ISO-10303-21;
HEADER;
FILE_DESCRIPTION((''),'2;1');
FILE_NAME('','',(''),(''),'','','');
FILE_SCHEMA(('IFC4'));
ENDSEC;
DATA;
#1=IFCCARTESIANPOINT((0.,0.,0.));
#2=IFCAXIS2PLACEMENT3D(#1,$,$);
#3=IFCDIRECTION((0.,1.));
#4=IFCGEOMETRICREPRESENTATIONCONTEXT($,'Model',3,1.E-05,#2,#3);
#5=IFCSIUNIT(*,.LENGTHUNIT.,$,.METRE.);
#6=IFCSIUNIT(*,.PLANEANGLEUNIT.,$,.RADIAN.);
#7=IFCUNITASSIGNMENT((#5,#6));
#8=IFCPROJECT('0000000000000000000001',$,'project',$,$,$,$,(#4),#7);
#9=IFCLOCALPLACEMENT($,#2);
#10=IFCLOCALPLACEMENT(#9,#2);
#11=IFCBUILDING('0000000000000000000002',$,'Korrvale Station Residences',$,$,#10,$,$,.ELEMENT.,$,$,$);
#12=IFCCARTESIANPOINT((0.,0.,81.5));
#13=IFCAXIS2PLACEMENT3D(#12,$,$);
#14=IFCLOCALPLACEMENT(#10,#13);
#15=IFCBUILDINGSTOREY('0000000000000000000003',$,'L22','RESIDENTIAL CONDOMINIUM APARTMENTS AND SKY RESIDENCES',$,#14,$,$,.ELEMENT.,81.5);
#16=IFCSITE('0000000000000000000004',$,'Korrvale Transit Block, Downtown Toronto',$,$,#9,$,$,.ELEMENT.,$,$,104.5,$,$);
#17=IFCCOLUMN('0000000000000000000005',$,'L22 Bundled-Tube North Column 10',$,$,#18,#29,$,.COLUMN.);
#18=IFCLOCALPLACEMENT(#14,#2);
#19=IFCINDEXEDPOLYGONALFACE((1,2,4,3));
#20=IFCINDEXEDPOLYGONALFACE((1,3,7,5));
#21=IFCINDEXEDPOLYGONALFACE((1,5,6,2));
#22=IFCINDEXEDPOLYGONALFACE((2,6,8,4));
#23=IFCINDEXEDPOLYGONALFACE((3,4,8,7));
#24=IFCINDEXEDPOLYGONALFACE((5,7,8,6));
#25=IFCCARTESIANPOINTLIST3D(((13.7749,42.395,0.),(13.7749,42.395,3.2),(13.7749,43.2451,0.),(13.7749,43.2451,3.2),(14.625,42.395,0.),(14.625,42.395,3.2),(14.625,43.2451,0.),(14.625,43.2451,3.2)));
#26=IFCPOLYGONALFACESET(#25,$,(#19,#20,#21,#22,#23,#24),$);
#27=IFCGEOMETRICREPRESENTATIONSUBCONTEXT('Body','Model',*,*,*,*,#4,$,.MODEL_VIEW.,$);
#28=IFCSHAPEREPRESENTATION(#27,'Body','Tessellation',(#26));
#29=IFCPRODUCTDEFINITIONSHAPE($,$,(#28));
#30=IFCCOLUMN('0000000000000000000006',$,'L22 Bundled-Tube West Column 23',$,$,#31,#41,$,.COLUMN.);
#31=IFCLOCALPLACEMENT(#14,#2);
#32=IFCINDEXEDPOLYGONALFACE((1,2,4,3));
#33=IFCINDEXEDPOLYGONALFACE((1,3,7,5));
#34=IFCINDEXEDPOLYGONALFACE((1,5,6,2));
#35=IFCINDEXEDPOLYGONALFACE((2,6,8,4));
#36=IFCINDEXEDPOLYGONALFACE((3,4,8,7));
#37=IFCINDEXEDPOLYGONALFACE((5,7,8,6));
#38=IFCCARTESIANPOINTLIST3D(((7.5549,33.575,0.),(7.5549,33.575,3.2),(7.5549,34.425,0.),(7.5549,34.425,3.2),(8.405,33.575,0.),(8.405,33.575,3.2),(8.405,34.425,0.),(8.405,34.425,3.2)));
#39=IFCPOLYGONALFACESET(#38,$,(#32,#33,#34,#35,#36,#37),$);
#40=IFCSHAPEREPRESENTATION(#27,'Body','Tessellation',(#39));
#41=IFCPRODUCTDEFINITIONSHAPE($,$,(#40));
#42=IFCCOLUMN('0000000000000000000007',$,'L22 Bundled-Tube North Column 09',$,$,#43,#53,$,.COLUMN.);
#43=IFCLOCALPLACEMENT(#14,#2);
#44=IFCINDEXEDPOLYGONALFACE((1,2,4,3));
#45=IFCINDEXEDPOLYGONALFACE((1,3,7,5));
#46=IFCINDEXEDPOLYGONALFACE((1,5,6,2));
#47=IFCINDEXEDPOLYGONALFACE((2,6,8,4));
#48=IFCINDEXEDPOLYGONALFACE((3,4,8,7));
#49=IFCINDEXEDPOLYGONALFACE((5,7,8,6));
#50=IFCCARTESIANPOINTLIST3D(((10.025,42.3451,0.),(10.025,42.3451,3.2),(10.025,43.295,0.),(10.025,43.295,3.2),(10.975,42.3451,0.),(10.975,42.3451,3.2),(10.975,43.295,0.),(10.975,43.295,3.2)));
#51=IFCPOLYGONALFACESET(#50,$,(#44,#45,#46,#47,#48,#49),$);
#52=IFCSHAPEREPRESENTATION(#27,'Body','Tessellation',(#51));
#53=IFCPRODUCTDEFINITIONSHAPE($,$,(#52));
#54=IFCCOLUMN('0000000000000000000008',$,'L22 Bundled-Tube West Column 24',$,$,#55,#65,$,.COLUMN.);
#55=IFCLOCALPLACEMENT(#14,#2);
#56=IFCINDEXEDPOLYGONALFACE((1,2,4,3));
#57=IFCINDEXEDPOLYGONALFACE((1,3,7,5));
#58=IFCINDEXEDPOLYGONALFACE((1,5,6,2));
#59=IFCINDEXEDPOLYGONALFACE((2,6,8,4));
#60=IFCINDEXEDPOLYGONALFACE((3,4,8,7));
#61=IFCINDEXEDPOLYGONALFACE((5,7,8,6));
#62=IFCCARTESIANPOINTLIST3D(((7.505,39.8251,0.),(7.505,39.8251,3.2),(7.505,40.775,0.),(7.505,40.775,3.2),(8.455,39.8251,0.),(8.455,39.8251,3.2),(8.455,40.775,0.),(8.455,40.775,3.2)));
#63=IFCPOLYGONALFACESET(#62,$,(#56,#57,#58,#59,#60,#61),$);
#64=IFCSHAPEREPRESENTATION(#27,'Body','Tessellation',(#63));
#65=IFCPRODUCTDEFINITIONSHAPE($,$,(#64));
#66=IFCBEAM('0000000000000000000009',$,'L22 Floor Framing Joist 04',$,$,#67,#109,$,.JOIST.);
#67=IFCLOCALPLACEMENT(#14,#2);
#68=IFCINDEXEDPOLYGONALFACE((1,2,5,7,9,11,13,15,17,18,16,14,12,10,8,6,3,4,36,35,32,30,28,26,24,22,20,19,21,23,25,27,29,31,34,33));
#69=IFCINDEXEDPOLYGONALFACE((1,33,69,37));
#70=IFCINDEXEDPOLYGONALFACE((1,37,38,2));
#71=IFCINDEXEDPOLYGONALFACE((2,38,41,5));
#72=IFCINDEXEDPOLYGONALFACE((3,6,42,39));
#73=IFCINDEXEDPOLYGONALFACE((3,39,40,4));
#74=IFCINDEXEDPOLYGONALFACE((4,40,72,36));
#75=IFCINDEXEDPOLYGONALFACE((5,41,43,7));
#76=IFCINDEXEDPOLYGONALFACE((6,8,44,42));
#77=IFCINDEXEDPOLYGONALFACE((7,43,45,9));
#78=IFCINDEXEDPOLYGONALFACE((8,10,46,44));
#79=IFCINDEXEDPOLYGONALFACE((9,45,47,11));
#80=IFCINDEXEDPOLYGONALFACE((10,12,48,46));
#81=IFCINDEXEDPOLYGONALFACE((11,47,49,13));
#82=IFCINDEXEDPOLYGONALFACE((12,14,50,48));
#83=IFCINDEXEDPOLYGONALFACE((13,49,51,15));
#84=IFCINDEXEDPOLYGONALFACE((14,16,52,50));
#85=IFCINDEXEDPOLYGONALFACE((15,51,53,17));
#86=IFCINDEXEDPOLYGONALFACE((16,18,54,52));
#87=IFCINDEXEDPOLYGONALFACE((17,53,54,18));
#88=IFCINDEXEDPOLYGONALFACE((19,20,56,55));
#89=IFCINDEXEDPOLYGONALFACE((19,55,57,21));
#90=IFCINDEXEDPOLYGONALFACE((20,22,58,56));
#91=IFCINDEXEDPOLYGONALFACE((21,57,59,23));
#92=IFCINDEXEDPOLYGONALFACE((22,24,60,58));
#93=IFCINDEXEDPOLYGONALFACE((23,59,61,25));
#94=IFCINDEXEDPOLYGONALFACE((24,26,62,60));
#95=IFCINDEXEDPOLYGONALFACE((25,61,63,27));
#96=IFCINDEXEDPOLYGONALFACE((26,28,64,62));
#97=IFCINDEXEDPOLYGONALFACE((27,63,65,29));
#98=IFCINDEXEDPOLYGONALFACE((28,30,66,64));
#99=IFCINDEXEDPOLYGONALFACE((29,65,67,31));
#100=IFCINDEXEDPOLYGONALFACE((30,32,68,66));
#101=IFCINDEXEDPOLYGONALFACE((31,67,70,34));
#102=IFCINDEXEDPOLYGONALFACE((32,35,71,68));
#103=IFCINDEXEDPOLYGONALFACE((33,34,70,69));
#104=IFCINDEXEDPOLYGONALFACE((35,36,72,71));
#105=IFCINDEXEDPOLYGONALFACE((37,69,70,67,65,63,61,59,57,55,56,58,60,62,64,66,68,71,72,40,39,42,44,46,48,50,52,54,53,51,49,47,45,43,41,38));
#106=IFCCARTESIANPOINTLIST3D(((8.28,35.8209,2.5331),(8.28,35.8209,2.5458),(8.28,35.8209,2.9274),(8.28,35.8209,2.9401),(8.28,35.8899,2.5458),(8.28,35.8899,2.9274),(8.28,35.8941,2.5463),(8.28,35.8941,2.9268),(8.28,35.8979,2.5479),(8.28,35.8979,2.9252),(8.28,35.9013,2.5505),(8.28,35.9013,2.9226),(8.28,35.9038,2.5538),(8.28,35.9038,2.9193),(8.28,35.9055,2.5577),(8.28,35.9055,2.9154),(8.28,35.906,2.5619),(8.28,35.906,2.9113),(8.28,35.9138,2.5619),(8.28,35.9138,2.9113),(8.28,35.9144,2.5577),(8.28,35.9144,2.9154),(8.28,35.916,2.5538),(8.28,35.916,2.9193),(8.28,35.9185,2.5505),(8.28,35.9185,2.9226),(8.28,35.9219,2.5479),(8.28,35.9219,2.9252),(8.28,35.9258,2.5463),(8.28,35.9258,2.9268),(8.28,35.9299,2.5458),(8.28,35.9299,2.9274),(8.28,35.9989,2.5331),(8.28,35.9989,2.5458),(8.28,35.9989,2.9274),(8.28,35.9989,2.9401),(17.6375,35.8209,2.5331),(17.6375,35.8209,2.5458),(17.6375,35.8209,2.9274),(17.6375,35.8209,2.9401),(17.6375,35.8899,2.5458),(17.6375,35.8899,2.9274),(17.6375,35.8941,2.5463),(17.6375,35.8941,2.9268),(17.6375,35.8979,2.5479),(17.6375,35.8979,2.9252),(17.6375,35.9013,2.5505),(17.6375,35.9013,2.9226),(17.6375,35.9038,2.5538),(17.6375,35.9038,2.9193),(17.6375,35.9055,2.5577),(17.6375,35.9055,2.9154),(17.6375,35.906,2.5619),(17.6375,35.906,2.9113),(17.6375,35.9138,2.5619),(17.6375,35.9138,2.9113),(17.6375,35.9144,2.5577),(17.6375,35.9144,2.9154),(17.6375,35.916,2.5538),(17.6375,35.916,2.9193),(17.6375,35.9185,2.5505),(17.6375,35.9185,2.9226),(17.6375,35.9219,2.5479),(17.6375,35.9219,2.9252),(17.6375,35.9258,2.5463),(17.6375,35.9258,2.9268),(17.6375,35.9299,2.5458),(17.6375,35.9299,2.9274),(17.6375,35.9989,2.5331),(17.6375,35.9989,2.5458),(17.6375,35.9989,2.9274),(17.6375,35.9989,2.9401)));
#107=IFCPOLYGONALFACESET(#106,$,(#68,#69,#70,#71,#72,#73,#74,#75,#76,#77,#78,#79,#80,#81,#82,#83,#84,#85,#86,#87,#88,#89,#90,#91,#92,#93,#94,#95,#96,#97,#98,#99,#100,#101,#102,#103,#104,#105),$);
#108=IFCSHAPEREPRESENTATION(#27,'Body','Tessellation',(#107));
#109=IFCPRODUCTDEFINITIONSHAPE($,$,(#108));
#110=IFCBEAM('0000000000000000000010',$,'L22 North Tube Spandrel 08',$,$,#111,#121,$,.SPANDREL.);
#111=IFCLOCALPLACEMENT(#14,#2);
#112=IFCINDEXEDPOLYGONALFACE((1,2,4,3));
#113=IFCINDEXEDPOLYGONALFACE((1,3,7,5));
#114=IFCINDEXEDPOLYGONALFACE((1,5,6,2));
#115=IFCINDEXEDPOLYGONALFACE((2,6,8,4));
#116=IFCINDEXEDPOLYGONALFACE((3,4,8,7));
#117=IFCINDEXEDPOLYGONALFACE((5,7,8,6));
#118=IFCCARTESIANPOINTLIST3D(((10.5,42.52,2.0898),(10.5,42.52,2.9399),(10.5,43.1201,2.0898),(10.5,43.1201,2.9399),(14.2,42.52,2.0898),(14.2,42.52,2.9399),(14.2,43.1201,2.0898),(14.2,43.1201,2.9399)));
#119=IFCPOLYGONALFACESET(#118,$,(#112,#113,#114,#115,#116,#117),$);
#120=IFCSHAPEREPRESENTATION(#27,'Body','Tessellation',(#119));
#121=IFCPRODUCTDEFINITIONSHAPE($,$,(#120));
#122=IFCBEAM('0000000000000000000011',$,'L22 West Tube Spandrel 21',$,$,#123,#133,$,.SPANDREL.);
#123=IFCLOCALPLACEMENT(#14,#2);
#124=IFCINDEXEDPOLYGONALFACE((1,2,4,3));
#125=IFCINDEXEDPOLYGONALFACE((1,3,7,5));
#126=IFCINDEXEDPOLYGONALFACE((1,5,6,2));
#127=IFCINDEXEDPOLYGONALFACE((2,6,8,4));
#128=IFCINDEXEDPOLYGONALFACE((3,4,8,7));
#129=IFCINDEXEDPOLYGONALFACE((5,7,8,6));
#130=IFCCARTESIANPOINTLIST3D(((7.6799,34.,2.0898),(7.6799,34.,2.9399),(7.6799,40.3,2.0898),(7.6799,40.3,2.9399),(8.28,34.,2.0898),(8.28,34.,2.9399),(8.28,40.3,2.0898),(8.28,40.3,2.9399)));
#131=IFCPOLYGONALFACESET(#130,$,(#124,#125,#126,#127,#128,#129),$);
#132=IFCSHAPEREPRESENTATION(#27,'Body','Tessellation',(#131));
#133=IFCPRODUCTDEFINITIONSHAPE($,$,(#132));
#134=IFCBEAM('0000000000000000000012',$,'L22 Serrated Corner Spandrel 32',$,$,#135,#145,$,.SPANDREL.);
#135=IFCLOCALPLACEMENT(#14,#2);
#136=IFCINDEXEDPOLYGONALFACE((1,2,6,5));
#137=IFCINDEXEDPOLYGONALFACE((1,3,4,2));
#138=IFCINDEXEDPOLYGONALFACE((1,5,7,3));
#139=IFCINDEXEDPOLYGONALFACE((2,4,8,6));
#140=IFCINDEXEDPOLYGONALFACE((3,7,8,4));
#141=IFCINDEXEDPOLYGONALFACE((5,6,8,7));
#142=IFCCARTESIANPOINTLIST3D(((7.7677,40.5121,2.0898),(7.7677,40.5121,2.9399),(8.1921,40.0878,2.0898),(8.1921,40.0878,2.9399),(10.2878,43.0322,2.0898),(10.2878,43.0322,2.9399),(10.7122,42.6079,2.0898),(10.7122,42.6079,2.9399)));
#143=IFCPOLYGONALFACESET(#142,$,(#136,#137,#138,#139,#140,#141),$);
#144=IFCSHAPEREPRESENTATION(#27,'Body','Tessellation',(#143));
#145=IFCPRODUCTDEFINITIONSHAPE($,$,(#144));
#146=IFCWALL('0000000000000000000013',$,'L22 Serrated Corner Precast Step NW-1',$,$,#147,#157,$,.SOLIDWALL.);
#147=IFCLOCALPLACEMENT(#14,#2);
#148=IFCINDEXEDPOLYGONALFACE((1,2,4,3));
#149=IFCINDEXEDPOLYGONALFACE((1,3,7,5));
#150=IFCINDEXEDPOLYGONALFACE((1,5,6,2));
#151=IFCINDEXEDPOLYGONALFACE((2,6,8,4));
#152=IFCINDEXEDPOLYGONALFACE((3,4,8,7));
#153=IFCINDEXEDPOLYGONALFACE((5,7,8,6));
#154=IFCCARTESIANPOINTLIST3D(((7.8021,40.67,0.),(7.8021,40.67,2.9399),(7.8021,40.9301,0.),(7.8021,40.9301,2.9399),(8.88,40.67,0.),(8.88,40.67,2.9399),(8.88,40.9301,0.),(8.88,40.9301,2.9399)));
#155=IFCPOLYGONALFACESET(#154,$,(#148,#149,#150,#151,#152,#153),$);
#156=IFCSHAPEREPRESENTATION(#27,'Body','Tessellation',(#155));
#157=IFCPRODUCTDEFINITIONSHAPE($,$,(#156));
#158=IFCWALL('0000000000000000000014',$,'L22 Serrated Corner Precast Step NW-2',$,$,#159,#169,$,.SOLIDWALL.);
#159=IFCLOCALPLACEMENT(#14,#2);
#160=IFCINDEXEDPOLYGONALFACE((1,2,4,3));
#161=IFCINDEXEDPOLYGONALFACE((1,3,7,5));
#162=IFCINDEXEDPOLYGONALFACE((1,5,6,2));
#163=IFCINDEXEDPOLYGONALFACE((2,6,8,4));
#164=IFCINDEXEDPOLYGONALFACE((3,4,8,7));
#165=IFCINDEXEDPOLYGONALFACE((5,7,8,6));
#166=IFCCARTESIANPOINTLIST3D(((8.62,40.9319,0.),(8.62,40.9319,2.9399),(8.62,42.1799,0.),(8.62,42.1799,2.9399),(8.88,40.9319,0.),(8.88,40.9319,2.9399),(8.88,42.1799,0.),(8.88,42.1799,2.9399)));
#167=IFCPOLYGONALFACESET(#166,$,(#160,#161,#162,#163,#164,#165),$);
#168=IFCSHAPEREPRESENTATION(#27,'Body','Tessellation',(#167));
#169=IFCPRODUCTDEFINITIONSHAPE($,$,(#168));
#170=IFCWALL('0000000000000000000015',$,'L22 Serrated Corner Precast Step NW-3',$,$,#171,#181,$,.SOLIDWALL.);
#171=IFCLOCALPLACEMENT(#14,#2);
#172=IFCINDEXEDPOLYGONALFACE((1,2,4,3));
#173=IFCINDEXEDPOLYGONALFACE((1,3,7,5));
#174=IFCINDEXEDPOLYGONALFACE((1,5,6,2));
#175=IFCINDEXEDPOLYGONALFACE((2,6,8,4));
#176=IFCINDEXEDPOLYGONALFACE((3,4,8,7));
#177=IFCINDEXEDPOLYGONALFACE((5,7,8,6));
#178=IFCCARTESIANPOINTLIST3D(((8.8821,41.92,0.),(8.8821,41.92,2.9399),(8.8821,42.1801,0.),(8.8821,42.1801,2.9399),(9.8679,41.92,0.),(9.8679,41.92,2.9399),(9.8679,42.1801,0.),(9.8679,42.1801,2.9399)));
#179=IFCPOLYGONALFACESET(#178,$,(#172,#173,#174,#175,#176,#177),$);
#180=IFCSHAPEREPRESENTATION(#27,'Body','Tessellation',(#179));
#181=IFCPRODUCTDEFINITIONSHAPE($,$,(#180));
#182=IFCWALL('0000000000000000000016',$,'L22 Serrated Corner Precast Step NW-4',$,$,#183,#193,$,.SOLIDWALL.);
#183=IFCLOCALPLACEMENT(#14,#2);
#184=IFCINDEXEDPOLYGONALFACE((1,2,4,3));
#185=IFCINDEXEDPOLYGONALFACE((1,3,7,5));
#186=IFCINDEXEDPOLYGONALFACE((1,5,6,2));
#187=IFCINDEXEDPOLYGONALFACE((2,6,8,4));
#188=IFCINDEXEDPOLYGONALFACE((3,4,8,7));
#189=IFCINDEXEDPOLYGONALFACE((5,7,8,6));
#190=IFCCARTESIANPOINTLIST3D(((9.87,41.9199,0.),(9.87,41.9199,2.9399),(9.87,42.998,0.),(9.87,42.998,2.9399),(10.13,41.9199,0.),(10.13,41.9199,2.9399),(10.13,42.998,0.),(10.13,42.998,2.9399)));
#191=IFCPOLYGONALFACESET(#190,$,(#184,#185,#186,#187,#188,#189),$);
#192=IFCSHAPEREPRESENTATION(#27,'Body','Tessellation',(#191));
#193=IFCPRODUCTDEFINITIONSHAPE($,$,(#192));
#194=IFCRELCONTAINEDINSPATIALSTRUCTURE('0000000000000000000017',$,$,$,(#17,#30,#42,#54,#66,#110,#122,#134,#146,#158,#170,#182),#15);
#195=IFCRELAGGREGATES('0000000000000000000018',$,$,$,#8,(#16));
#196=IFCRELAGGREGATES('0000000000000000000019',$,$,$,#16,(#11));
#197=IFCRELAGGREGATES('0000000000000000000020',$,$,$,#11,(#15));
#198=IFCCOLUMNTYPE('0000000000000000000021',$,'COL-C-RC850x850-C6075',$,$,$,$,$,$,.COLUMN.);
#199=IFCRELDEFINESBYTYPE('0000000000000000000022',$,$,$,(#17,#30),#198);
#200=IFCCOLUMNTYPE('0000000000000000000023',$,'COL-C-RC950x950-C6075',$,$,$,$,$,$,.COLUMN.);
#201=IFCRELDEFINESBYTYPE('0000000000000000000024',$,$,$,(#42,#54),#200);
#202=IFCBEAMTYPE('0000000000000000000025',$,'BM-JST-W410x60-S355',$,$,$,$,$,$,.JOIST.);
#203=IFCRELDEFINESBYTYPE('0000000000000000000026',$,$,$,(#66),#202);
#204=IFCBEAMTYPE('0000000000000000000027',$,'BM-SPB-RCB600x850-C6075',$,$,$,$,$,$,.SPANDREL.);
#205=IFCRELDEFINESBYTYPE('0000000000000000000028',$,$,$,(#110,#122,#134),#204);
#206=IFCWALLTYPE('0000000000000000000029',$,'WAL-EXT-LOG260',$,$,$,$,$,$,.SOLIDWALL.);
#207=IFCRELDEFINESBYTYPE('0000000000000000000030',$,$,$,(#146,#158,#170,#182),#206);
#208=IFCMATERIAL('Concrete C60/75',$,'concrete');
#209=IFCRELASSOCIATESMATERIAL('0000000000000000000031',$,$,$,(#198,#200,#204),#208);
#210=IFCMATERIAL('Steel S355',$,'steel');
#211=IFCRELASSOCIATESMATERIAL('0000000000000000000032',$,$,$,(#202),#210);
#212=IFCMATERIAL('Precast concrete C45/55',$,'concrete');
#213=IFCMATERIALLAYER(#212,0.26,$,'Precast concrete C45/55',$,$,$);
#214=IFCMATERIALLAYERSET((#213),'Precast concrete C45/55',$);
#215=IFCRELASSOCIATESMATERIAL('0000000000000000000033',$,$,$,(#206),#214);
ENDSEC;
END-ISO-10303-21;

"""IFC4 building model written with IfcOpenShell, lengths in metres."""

from ifc_helpers import new_model, si_unit, direction, frame, frame_2d, origin, origin_2d, place, context, subcontext, project, spatial, rectangle, i_section, extrude, material, layer, layer_set, material_profile, profile_set, type_object, element, save


model = new_model("IFC4")

# Units and contexts
model_context = context("Model", 3, precision=1e-05, world=origin(), true_north=direction((0.0, 1.0)))
body_context = subcontext(model_context, "Body", "Model", "MODEL_VIEW")
ifc_project = project(units=[si_unit("LENGTHUNIT", "METRE"), si_unit("PLANEANGLEUNIT", "RADIAN")], contexts=[model_context])

# Site, building, storey
site_placement = place(None, origin())
site = spatial("IfcSite", under=ifc_project, at=site_placement, Name="Korrvale Transit Block, Downtown Toronto", CompositionType="ELEMENT", RefElevation=104.5)
building_placement = place(site_placement, origin())
building = spatial("IfcBuilding", under=site, at=building_placement, Name="Korrvale Station Residences", CompositionType="ELEMENT")
storey_placement = place(building_placement, frame((0.0, 0.0, 81.5)))
storey = spatial("IfcBuildingStorey", under=building, at=storey_placement, Name="L22", Description="RESIDENTIAL CONDOMINIUM APARTMENTS AND SKY RESIDENCES", CompositionType="ELEMENT", Elevation=81.5)

# Columns
ifc_material_1 = material(Name="Concrete C60/75", Category="concrete")
ifc_material_profile_1 = material_profile(ifc_material_1, rectangle(XDim=0.8501, YDim=0.8501, at=origin_2d()), Name="RC850x850")
ifc_profile_set_1 = profile_set([ifc_material_profile_1], Name="Concrete C60/75")
column_type_1 = type_object("IfcColumnType", Name="COL-C-RC850x850-C6075", PredefinedType="COLUMN", material=ifc_profile_set_1)
for number, where, z_axis, x_axis, name in (
    (1, (14.2, 42.8201, 0.0), (0.0, 0.0, 1.0), (1.0, 0.0, 0.0), "L22 Bundled-Tube North Column 10"),
    (2, (7.98, 34.0, 0.0), (0.0, 0.0, 1.0), (1.0, 0.0, 0.0), "L22 Bundled-Tube West Column 23"),
):
    element("IfcColumn", number, at=place(storey_placement, frame(where, z_axis=z_axis, x_axis=x_axis)), inside=storey, type_object=column_type_1, Name=name, PredefinedType="COLUMN", context=body_context, shape_type="SweptSolid", body=[
        extrude(rectangle(XDim=0.8501, YDim=0.8501, at=origin_2d()), origin(), (0.0, 0.0, 1.0), 3.2),
    ])
ifc_material_profile_2 = material_profile(ifc_material_1, rectangle(XDim=0.95, YDim=0.95, at=origin_2d()), Name="RC950x950")
ifc_profile_set_2 = profile_set([ifc_material_profile_2], Name="Concrete C60/75")
column_type_2 = type_object("IfcColumnType", Name="COL-C-RC950x950-C6075", PredefinedType="COLUMN", material=ifc_profile_set_2)
for number, where, z_axis, x_axis, name in (
    (3, (10.5, 42.8201, 0.0), (0.0, 0.0, 1.0), (1.0, 0.0, 0.0), "L22 Bundled-Tube North Column 09"),
    (4, (7.98, 40.3, 0.0), (0.0, 0.0, 1.0), (1.0, 0.0, 0.0), "L22 Bundled-Tube West Column 24"),
):
    element("IfcColumn", number, at=place(storey_placement, frame(where, z_axis=z_axis, x_axis=x_axis)), inside=storey, type_object=column_type_2, Name=name, PredefinedType="COLUMN", context=body_context, shape_type="SweptSolid", body=[
        extrude(rectangle(XDim=0.95, YDim=0.95, at=origin_2d()), origin(), (0.0, 0.0, 1.0), 3.2),
    ])

# Beams
ifc_material_2 = material(Name="Steel S355", Category="steel")
ifc_material_profile_3 = material_profile(ifc_material_2, i_section(OverallWidth=0.178, OverallDepth=0.407, WebThickness=0.0078, FlangeThickness=0.0127, FilletRadius=0.0161, at=origin_2d()), Name="W410x60")
ifc_profile_set_3 = profile_set([ifc_material_profile_3], Name="Steel S355")
beam_type_1 = type_object("IfcBeamType", Name="BM-JST-W410x60-S355", PredefinedType="JOIST", material=ifc_profile_set_3)
beam_1_placement = place(storey_placement, frame((8.28, 35.9099, 2.7366), z_axis=(1.0, 0.0, 0.0), x_axis=(0.0, 1.0, 0.0)))
element("IfcBeam", 5, at=beam_1_placement, inside=storey, type_object=beam_type_1, Name="L22 Floor Framing Joist 04", PredefinedType="JOIST", context=body_context, shape_type="SweptSolid", body=[
    extrude(i_section(OverallWidth=0.178, OverallDepth=0.407, WebThickness=0.0078, FlangeThickness=0.0127, FilletRadius=0.0161, at=origin_2d()), origin(), (0.0, 0.0, 1.0), 9.3574),
])
ifc_material_profile_4 = material_profile(ifc_material_1, rectangle(XDim=0.6001, YDim=0.8501, at=origin_2d()), Name="RCB600x850")
ifc_profile_set_4 = profile_set([ifc_material_profile_4], Name="Concrete C60/75")
beam_type_2 = type_object("IfcBeamType", Name="BM-SPB-RCB600x850-C6075", PredefinedType="SPANDREL", material=ifc_profile_set_4)
beam_2_placement = place(storey_placement, frame((10.5, 42.8201, 2.5149), z_axis=(1.0, 0.0, 0.0), x_axis=(0.0, 1.0, 0.0)))
element("IfcBeam", 6, at=beam_2_placement, inside=storey, type_object=beam_type_2, Name="L22 North Tube Spandrel 08", PredefinedType="SPANDREL", context=body_context, shape_type="SweptSolid", body=[
    extrude(rectangle(XDim=0.6001, YDim=0.8501, at=origin_2d()), origin(), (0.0, 0.0, 1.0), 3.7),
])
beam_3_placement = place(storey_placement, frame((7.98, 34.0, 2.5149), z_axis=(0.0, 1.0, 0.0), x_axis=(-1.0, 0.0, 0.0)))
element("IfcBeam", 7, at=beam_3_placement, inside=storey, type_object=beam_type_2, Name="L22 West Tube Spandrel 21", PredefinedType="SPANDREL", context=body_context, shape_type="SweptSolid", body=[
    extrude(rectangle(XDim=0.6001, YDim=0.8501, at=origin_2d()), origin(), (0.0, 0.0, 1.0), 6.3),
])
beam_4_placement = place(storey_placement, frame((10.5, 42.8201, 2.5149), z_axis=(-0.707107, -0.707107, 0.0), x_axis=(0.707107, -0.707107, 0.0)))
element("IfcBeam", 8, at=beam_4_placement, inside=storey, type_object=beam_type_2, Name="L22 Serrated Corner Spandrel 32", PredefinedType="SPANDREL", context=body_context, shape_type="SweptSolid", body=[
    extrude(rectangle(XDim=0.6001, YDim=0.8501, at=origin_2d()), origin(), (0.0, 0.0, 1.0), 3.564),
])

# Walls
ifc_material_3 = material(Name="Precast concrete C45/55", Category="concrete")
ifc_layer_1 = layer(ifc_material_3, 0.26, Name="Precast concrete C45/55")
ifc_layer_set_1 = layer_set([ifc_layer_1], Name="Precast concrete C45/55")
wall_type_1 = type_object("IfcWallType", Name="WAL-EXT-LOG260", PredefinedType="SOLIDWALL", material=ifc_layer_set_1)
wall_1_placement = place(storey_placement, frame((7.802, 40.8, 0.0), z_axis=(0.0, 0.0, 1.0), x_axis=(1.0, 0.0, 0.0)))
element("IfcWall", 9, at=wall_1_placement, inside=storey, type_object=wall_type_1, Name="L22 Serrated Corner Precast Step NW-1", PredefinedType="SOLIDWALL", context=body_context, shape_type="SweptSolid", body=[
    extrude(rectangle(XDim=1.0779, YDim=0.26, at=frame_2d((0.5391, 0.0))), origin(), (0.0, 0.0, 1.0), 2.9399),
])
wall_2_placement = place(storey_placement, frame((8.75, 40.9319, 0.0), z_axis=(0.0, 0.0, 1.0), x_axis=(0.0, 1.0, 0.0)))
element("IfcWall", 10, at=wall_2_placement, inside=storey, type_object=wall_type_1, Name="L22 Serrated Corner Precast Step NW-2", PredefinedType="SOLIDWALL", context=body_context, shape_type="SweptSolid", body=[
    extrude(rectangle(XDim=1.248, YDim=0.26, at=frame_2d((0.624, 0.0))), origin(), (0.0, 0.0, 1.0), 2.9399),
])
wall_3_placement = place(storey_placement, frame((8.8821, 42.05, 0.0), z_axis=(0.0, 0.0, 1.0), x_axis=(1.0, 0.0, 0.0)))
element("IfcWall", 11, at=wall_3_placement, inside=storey, type_object=wall_type_1, Name="L22 Serrated Corner Precast Step NW-3", PredefinedType="SOLIDWALL", context=body_context, shape_type="SweptSolid", body=[
    extrude(rectangle(XDim=0.9858, YDim=0.26, at=frame_2d((0.4929, 0.0))), origin(), (0.0, 0.0, 1.0), 2.9399),
])
wall_4_placement = place(storey_placement, frame((10.0, 41.9199, 0.0), z_axis=(0.0, 0.0, 1.0), x_axis=(0.0, 1.0, 0.0)))
element("IfcWall", 12, at=wall_4_placement, inside=storey, type_object=wall_type_1, Name="L22 Serrated Corner Precast Step NW-4", PredefinedType="SOLIDWALL", context=body_context, shape_type="SweptSolid", body=[
    extrude(rectangle(XDim=1.0781, YDim=0.26, at=frame_2d((0.5391, 0.0))), origin(), (0.0, 0.0, 1.0), 2.9399),
])

save(model, "model.ifc")
